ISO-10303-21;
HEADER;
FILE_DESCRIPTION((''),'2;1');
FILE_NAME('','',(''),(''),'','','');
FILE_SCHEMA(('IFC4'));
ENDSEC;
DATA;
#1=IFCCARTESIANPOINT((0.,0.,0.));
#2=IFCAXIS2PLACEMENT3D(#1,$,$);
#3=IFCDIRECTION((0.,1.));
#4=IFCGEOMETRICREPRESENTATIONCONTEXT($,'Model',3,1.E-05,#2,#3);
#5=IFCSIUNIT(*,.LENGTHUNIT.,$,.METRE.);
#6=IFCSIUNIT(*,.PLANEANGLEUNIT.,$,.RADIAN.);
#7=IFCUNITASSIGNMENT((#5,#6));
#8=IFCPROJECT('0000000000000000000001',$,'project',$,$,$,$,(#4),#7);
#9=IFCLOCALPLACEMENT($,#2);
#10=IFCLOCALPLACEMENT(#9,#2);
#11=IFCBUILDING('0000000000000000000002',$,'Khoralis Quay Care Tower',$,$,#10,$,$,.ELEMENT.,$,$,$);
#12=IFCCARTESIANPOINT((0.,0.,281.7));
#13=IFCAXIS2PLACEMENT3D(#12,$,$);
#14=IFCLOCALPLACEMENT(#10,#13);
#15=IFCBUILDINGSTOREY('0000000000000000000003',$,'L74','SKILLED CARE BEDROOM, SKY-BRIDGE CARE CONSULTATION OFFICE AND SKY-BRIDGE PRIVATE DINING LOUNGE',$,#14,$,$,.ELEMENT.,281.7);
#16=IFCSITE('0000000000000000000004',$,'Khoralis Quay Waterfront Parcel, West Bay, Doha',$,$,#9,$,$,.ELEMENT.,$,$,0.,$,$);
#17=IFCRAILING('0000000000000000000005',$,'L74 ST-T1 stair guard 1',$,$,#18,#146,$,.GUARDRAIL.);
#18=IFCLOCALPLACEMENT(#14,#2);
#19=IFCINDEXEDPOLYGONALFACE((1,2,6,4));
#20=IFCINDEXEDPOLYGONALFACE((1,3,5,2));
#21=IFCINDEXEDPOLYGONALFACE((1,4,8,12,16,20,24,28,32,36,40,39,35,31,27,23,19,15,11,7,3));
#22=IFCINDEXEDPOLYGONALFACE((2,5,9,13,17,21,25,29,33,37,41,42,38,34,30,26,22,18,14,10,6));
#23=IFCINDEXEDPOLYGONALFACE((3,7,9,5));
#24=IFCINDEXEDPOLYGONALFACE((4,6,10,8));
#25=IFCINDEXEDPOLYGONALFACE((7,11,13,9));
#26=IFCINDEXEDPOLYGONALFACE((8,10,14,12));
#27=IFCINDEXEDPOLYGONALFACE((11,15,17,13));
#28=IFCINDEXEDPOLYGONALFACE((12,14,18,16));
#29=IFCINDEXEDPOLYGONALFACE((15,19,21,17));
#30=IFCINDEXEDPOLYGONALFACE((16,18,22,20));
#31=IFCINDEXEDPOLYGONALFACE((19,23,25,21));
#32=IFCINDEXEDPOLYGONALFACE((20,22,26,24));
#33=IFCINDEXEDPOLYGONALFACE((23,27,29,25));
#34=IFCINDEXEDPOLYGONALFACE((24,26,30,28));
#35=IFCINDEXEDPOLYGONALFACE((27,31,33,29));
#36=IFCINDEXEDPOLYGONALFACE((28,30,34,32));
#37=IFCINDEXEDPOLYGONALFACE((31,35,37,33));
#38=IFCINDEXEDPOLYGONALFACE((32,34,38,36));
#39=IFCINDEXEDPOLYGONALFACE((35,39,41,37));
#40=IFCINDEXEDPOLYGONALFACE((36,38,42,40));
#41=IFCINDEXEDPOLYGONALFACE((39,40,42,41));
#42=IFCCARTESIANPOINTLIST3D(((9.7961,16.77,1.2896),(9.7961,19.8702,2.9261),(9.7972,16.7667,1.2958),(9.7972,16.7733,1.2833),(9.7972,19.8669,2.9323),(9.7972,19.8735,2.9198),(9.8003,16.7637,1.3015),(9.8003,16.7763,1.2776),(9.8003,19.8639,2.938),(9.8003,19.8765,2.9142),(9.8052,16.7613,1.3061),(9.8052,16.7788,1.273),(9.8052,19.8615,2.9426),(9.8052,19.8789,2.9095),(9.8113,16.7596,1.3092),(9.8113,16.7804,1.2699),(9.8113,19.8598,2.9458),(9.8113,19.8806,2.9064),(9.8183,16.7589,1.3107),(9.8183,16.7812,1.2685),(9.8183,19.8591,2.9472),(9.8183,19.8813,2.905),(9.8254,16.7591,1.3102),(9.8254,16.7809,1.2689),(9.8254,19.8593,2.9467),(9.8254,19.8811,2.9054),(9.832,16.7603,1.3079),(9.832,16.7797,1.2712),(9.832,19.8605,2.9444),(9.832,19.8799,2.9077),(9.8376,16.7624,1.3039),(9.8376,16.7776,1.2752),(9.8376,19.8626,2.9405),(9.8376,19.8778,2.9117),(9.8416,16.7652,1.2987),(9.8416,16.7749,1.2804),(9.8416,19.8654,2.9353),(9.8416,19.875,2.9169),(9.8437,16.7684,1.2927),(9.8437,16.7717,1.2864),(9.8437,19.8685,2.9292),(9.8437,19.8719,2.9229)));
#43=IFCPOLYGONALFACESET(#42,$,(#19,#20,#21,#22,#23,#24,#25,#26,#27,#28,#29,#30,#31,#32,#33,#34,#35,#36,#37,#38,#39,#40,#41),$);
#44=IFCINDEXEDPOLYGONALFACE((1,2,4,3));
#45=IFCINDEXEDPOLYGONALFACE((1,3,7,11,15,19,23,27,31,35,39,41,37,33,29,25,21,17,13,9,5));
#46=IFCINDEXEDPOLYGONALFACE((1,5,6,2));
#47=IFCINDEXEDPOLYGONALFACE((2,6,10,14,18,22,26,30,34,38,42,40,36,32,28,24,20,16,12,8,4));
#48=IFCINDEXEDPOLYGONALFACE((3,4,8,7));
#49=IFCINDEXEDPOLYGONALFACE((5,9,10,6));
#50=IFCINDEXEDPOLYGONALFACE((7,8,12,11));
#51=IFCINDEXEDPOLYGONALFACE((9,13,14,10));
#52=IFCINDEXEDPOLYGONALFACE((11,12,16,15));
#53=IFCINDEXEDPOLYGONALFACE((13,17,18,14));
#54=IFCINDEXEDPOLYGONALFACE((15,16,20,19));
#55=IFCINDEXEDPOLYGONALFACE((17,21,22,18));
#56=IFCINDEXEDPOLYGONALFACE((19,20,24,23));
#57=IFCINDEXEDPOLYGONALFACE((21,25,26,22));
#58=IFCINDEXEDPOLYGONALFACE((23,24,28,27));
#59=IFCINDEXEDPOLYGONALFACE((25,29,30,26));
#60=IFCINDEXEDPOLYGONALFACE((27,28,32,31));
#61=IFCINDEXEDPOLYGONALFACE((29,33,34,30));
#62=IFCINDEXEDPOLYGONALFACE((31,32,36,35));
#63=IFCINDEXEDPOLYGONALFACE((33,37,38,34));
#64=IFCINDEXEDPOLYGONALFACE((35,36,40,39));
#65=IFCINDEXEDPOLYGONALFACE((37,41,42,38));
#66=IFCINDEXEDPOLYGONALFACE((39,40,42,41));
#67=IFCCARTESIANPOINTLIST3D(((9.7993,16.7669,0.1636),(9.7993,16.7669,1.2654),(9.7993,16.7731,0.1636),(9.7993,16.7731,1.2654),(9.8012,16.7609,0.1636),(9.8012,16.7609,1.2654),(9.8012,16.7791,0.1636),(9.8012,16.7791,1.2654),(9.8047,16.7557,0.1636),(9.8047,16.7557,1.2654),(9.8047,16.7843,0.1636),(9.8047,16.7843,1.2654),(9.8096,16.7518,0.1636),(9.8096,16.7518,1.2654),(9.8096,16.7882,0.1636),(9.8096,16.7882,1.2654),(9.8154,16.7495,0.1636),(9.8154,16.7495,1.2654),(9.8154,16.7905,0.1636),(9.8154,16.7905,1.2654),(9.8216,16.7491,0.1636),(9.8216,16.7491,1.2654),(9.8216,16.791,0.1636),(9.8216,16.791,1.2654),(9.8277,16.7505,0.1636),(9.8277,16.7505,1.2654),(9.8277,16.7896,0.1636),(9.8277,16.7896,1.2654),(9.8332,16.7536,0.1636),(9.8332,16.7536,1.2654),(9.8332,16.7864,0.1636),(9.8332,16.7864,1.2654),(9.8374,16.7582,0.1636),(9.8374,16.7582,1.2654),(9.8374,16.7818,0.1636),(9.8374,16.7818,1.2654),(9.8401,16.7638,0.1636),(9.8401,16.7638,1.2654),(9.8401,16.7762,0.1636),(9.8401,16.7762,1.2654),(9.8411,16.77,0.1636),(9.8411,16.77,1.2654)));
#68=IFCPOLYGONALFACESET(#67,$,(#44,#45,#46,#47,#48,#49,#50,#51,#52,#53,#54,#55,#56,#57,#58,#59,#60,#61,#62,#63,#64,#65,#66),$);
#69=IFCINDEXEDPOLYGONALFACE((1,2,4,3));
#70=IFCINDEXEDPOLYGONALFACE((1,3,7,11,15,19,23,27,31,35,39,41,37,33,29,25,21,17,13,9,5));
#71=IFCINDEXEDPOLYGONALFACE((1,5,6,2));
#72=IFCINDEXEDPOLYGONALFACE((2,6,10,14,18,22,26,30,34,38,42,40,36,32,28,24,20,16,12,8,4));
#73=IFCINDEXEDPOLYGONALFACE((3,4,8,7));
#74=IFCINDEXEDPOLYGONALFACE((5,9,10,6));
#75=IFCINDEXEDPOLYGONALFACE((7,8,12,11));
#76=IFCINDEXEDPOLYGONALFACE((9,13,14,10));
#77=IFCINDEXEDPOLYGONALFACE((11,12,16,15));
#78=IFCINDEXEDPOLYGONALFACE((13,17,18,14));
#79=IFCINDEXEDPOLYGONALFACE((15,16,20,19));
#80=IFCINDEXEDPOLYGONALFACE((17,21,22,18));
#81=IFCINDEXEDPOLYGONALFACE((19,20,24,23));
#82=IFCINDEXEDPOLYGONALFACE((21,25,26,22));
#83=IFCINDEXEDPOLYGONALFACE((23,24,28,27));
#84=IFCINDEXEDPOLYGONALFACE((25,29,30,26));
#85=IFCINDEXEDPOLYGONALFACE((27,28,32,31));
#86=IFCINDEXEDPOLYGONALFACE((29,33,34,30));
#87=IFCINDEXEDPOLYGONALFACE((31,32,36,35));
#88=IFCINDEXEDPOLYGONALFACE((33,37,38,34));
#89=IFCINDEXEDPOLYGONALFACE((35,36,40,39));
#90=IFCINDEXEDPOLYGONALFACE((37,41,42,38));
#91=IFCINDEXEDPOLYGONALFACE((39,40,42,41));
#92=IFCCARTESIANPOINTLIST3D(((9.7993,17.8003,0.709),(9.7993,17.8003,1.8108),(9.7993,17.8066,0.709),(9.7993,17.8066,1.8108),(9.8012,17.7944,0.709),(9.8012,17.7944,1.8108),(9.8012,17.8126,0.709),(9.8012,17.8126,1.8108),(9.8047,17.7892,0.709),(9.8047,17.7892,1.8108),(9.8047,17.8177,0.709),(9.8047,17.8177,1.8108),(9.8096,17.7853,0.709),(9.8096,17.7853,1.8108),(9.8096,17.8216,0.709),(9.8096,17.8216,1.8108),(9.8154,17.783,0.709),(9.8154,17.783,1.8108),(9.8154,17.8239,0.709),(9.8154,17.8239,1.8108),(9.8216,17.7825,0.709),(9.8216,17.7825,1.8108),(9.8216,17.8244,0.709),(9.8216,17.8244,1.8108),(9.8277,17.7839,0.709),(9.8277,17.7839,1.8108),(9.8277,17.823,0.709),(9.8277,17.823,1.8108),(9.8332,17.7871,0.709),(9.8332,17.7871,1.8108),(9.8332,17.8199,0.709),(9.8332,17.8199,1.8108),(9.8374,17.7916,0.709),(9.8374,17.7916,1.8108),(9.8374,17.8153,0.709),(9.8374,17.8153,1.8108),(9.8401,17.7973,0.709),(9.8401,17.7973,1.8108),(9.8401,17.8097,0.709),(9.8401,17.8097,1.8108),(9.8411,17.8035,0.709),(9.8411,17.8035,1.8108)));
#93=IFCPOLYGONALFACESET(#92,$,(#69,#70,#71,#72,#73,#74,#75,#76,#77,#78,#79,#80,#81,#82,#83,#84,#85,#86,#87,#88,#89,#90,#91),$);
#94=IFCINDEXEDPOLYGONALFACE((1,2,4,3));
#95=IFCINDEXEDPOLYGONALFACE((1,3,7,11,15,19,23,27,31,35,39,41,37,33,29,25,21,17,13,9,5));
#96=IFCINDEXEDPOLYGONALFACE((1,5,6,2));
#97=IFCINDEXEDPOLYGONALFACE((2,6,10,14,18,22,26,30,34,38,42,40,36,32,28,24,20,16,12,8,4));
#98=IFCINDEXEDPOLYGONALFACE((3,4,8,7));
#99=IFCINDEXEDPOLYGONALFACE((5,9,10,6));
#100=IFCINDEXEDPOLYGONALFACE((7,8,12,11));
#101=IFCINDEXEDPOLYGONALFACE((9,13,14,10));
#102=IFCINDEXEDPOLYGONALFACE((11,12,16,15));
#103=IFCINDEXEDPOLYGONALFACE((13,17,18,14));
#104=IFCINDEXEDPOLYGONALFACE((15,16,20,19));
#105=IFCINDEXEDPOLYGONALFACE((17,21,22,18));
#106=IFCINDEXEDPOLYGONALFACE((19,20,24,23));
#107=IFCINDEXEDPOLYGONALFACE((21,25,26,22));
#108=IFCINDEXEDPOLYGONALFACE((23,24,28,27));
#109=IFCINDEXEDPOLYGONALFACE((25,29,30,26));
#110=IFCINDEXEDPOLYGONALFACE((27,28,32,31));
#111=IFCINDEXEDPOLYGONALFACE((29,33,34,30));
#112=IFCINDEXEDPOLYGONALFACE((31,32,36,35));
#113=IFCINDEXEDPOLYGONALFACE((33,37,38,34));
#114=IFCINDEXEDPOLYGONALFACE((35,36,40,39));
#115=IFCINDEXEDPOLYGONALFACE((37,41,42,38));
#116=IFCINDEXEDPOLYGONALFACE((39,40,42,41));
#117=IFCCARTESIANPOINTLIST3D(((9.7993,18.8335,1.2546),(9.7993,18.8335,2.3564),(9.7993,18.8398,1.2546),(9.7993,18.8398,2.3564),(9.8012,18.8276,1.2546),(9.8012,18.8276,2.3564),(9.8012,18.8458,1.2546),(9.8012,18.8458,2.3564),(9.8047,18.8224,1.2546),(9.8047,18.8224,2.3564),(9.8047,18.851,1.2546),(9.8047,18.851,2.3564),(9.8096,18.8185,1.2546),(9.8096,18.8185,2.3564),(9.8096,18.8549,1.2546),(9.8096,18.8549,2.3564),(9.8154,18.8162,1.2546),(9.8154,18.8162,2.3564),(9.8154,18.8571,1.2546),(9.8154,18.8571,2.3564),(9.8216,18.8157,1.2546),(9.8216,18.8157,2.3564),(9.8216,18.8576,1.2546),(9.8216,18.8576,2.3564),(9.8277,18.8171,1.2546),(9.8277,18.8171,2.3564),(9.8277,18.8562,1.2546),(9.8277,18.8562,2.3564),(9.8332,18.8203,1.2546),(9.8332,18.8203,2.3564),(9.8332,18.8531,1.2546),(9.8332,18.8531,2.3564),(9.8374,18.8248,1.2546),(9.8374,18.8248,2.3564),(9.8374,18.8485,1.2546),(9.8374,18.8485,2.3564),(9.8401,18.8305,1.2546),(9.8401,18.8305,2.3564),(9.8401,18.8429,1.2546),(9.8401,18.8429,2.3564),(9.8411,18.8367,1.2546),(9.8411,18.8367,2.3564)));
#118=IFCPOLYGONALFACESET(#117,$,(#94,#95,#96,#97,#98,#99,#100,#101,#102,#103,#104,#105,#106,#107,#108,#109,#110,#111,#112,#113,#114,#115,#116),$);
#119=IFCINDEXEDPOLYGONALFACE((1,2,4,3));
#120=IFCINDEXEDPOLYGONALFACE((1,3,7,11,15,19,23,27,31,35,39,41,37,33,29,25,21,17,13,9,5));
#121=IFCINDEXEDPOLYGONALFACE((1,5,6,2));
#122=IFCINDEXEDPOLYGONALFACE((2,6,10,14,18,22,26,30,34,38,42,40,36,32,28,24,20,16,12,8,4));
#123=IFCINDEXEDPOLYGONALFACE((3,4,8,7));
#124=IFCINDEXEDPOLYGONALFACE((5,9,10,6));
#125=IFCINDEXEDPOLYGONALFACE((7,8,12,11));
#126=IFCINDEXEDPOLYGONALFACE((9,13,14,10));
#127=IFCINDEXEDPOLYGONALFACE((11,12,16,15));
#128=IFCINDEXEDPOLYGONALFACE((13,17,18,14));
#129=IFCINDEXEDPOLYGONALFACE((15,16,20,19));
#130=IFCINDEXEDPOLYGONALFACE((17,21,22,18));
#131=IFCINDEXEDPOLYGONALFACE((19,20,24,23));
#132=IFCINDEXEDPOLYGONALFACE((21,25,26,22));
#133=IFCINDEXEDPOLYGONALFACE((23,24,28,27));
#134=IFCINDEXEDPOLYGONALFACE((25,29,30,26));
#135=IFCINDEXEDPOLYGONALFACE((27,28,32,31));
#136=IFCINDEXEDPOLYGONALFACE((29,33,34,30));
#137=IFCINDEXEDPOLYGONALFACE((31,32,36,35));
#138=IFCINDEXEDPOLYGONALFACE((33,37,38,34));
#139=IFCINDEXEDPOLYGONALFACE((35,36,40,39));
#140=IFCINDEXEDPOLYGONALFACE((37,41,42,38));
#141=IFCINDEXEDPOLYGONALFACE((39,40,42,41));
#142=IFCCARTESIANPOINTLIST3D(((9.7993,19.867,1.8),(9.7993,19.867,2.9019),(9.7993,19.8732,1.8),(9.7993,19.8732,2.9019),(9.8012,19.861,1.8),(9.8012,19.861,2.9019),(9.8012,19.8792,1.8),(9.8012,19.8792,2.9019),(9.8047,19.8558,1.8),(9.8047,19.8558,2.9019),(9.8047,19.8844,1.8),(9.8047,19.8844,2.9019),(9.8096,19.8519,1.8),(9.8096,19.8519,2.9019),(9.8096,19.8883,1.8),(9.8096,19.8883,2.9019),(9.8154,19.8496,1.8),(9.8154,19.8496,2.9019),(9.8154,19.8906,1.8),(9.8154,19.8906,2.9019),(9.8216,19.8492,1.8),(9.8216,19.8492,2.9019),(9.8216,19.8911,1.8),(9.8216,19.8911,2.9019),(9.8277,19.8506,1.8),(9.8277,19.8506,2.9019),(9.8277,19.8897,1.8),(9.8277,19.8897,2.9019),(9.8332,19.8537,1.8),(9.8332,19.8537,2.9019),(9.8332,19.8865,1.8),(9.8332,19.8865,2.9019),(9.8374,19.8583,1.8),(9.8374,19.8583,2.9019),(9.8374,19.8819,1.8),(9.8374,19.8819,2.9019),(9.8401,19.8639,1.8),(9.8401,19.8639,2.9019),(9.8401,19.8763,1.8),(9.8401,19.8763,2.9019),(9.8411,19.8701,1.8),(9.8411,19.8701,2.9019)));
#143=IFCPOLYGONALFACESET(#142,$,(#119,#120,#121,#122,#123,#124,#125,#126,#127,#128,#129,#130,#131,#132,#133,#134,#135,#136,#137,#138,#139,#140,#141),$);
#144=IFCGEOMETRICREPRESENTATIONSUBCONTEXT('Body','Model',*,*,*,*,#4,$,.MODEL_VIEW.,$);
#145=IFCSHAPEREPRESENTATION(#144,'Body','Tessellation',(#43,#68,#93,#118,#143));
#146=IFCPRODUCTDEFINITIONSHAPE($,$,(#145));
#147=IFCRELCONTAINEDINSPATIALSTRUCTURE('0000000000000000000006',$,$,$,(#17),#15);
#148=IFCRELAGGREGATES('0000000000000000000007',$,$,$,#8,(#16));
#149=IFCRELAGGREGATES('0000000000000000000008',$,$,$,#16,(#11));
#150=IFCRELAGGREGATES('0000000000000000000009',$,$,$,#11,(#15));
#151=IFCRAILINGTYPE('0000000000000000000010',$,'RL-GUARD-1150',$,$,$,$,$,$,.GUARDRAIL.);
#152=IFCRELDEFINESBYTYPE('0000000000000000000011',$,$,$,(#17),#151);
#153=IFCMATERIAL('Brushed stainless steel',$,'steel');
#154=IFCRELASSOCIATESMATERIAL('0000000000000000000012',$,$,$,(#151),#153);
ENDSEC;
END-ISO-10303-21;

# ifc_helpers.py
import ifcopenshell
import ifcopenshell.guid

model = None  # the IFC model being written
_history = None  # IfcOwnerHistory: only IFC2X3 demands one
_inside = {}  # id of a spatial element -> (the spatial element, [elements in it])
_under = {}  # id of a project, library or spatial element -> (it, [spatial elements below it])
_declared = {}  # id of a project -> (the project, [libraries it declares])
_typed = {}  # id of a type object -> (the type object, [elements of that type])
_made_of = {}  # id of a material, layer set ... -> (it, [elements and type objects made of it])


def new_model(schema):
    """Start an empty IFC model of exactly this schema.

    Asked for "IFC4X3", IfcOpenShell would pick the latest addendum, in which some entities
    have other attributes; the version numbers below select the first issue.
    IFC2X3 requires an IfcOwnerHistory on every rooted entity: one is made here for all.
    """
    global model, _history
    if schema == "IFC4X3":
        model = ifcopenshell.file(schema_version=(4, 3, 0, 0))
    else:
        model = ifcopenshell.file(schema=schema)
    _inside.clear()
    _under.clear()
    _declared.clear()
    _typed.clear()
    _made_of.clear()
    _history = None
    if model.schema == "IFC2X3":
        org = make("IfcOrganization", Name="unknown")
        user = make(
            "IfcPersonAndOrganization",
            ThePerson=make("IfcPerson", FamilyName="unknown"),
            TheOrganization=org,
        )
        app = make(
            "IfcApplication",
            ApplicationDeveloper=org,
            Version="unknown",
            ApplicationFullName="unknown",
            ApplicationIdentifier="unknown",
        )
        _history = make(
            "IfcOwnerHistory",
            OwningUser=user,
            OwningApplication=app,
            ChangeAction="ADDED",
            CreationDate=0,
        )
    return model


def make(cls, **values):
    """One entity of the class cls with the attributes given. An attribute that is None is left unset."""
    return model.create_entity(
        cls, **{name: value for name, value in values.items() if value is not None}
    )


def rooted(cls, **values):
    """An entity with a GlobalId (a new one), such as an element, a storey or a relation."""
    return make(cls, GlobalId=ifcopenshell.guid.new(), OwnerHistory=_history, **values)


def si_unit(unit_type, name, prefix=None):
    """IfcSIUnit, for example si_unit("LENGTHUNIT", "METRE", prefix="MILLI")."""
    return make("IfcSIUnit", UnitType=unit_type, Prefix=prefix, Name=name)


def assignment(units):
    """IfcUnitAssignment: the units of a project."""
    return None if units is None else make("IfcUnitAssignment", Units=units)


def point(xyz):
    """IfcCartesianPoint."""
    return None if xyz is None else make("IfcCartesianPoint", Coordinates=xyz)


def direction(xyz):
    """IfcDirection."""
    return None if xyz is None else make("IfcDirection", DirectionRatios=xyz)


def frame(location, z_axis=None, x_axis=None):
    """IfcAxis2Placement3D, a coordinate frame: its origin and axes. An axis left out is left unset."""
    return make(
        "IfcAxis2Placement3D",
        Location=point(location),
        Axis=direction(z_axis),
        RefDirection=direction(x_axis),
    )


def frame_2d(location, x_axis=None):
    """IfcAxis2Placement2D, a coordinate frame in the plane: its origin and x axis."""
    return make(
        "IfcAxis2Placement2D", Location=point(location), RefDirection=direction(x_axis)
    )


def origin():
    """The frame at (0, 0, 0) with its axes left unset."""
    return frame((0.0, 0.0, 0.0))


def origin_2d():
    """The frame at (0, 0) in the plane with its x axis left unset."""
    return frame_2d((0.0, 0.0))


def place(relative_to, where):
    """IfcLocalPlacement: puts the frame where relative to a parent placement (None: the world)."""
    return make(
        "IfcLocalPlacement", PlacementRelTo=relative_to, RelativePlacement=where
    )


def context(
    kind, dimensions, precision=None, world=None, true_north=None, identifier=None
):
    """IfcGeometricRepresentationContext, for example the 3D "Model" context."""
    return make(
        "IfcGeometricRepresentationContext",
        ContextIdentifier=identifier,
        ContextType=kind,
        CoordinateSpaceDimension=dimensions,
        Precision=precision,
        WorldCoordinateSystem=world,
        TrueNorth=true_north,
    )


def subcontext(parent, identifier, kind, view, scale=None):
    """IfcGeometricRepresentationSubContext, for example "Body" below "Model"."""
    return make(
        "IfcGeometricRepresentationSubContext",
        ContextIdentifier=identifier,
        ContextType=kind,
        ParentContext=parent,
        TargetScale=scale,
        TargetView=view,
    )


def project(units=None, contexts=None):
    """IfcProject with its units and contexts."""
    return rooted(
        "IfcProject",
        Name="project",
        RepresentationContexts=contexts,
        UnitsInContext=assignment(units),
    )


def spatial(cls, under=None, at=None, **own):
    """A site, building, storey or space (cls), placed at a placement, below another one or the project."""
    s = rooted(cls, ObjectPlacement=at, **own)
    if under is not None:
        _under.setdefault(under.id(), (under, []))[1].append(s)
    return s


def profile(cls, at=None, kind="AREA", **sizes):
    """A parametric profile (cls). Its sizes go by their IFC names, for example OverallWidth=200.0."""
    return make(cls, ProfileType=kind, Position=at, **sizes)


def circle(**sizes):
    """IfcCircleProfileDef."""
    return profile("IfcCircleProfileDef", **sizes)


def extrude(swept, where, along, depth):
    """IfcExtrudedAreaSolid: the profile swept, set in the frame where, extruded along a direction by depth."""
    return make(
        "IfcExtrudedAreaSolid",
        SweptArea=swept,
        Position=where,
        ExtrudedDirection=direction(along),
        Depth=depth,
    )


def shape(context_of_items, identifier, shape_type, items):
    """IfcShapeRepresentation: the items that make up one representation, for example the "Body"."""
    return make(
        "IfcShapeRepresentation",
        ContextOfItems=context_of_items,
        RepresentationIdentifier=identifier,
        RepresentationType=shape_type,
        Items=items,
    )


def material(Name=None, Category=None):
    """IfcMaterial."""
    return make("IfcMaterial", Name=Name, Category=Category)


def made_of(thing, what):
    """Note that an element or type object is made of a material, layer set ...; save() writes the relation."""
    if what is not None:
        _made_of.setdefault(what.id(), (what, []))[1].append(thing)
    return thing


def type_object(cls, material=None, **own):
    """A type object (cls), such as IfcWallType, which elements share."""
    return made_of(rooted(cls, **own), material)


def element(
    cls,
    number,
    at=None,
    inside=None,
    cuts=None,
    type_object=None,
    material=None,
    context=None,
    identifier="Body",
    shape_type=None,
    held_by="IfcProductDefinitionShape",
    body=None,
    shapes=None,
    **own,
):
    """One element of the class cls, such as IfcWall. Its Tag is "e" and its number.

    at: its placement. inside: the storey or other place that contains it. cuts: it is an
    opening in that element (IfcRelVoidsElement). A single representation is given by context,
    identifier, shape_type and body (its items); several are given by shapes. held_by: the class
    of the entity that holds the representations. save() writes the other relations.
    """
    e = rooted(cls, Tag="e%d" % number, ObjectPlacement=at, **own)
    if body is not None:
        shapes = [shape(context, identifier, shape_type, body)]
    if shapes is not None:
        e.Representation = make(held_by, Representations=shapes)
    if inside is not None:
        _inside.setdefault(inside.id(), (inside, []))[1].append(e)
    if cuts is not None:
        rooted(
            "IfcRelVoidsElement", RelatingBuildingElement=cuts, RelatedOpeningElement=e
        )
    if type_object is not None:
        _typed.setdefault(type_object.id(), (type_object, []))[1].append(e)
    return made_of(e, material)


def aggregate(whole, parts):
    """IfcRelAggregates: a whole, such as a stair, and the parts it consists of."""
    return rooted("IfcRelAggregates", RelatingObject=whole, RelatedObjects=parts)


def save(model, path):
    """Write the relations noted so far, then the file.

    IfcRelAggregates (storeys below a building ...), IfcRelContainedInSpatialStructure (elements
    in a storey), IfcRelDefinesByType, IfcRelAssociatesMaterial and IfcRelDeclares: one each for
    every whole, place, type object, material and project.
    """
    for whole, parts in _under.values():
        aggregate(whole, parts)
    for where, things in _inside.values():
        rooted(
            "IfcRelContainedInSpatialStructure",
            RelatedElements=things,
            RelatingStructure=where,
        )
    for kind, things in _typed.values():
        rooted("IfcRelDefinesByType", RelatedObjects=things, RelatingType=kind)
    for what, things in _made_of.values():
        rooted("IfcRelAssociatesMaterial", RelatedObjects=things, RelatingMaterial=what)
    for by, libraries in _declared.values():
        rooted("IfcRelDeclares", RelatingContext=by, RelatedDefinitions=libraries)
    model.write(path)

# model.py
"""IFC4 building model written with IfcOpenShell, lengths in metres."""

from ifc_helpers import new_model, si_unit, direction, frame, origin, origin_2d, place, context, subcontext, project, spatial, circle, extrude, material, type_object, element, save


model = new_model("IFC4")

# Units and contexts
model_context = context("Model", 3, precision=1e-05, world=origin(), true_north=direction((0.0, 1.0)))
body_context = subcontext(model_context, "Body", "Model", "MODEL_VIEW")
ifc_project = project(units=[si_unit("LENGTHUNIT", "METRE"), si_unit("PLANEANGLEUNIT", "RADIAN")], contexts=[model_context])

# Site, building, storey
site_placement = place(None, origin())
site = spatial("IfcSite", under=ifc_project, at=site_placement, Name="Khoralis Quay Waterfront Parcel, West Bay, Doha", CompositionType="ELEMENT", RefElevation=0.0)
building_placement = place(site_placement, origin())
building = spatial("IfcBuilding", under=site, at=building_placement, Name="Khoralis Quay Care Tower", CompositionType="ELEMENT")
storey_placement = place(building_placement, frame((0.0, 0.0, 281.7)))
storey = spatial("IfcBuildingStorey", under=building, at=storey_placement, Name="L74", Description="SKILLED CARE BEDROOM, SKY-BRIDGE CARE CONSULTATION OFFICE AND SKY-BRIDGE PRIVATE DINING LOUNGE", CompositionType="ELEMENT", Elevation=281.7)

# Shared definitions
ifc_material_1 = material(Name="Brushed stainless steel", Category="steel")

# Railing
railing_type_1 = type_object("IfcRailingType", Name="RL-GUARD-1150", PredefinedType="GUARDRAIL", material=ifc_material_1)
railing_1_placement = place(storey_placement, frame((9.8201, 16.77, 0.1636)))
element("IfcRailing", 1, at=railing_1_placement, inside=storey, type_object=railing_type_1, Name="L74 ST-T1 stair guard 1", PredefinedType="GUARDRAIL", context=body_context, shape_type="SweptSolid", body=[
    extrude(circle(Radius=0.0239, at=origin_2d()), frame((0.0, 0.0, 1.126), z_axis=(0.0, 0.884348, 0.466828), x_axis=(-1.0, 0.0, 0.0)), (0.0, 0.0, 1.0), 3.5056),
    extrude(circle(Radius=0.021, at=origin_2d()), origin(), (0.0, 0.0, 1.0), 1.1018),
    extrude(circle(Radius=0.021, at=origin_2d()), frame((0.0, 1.0334, 0.5454)), (0.0, 0.0, 1.0), 1.1018),
    extrude(circle(Radius=0.021, at=origin_2d()), frame((0.0, 2.0667, 1.0911)), (0.0, 0.0, 1.0), 1.1018),
    extrude(circle(Radius=0.021, at=origin_2d()), frame((0.0, 3.1001, 1.6365)), (0.0, 0.0, 1.0), 1.1018),
])

save(model, "model.ifc")
